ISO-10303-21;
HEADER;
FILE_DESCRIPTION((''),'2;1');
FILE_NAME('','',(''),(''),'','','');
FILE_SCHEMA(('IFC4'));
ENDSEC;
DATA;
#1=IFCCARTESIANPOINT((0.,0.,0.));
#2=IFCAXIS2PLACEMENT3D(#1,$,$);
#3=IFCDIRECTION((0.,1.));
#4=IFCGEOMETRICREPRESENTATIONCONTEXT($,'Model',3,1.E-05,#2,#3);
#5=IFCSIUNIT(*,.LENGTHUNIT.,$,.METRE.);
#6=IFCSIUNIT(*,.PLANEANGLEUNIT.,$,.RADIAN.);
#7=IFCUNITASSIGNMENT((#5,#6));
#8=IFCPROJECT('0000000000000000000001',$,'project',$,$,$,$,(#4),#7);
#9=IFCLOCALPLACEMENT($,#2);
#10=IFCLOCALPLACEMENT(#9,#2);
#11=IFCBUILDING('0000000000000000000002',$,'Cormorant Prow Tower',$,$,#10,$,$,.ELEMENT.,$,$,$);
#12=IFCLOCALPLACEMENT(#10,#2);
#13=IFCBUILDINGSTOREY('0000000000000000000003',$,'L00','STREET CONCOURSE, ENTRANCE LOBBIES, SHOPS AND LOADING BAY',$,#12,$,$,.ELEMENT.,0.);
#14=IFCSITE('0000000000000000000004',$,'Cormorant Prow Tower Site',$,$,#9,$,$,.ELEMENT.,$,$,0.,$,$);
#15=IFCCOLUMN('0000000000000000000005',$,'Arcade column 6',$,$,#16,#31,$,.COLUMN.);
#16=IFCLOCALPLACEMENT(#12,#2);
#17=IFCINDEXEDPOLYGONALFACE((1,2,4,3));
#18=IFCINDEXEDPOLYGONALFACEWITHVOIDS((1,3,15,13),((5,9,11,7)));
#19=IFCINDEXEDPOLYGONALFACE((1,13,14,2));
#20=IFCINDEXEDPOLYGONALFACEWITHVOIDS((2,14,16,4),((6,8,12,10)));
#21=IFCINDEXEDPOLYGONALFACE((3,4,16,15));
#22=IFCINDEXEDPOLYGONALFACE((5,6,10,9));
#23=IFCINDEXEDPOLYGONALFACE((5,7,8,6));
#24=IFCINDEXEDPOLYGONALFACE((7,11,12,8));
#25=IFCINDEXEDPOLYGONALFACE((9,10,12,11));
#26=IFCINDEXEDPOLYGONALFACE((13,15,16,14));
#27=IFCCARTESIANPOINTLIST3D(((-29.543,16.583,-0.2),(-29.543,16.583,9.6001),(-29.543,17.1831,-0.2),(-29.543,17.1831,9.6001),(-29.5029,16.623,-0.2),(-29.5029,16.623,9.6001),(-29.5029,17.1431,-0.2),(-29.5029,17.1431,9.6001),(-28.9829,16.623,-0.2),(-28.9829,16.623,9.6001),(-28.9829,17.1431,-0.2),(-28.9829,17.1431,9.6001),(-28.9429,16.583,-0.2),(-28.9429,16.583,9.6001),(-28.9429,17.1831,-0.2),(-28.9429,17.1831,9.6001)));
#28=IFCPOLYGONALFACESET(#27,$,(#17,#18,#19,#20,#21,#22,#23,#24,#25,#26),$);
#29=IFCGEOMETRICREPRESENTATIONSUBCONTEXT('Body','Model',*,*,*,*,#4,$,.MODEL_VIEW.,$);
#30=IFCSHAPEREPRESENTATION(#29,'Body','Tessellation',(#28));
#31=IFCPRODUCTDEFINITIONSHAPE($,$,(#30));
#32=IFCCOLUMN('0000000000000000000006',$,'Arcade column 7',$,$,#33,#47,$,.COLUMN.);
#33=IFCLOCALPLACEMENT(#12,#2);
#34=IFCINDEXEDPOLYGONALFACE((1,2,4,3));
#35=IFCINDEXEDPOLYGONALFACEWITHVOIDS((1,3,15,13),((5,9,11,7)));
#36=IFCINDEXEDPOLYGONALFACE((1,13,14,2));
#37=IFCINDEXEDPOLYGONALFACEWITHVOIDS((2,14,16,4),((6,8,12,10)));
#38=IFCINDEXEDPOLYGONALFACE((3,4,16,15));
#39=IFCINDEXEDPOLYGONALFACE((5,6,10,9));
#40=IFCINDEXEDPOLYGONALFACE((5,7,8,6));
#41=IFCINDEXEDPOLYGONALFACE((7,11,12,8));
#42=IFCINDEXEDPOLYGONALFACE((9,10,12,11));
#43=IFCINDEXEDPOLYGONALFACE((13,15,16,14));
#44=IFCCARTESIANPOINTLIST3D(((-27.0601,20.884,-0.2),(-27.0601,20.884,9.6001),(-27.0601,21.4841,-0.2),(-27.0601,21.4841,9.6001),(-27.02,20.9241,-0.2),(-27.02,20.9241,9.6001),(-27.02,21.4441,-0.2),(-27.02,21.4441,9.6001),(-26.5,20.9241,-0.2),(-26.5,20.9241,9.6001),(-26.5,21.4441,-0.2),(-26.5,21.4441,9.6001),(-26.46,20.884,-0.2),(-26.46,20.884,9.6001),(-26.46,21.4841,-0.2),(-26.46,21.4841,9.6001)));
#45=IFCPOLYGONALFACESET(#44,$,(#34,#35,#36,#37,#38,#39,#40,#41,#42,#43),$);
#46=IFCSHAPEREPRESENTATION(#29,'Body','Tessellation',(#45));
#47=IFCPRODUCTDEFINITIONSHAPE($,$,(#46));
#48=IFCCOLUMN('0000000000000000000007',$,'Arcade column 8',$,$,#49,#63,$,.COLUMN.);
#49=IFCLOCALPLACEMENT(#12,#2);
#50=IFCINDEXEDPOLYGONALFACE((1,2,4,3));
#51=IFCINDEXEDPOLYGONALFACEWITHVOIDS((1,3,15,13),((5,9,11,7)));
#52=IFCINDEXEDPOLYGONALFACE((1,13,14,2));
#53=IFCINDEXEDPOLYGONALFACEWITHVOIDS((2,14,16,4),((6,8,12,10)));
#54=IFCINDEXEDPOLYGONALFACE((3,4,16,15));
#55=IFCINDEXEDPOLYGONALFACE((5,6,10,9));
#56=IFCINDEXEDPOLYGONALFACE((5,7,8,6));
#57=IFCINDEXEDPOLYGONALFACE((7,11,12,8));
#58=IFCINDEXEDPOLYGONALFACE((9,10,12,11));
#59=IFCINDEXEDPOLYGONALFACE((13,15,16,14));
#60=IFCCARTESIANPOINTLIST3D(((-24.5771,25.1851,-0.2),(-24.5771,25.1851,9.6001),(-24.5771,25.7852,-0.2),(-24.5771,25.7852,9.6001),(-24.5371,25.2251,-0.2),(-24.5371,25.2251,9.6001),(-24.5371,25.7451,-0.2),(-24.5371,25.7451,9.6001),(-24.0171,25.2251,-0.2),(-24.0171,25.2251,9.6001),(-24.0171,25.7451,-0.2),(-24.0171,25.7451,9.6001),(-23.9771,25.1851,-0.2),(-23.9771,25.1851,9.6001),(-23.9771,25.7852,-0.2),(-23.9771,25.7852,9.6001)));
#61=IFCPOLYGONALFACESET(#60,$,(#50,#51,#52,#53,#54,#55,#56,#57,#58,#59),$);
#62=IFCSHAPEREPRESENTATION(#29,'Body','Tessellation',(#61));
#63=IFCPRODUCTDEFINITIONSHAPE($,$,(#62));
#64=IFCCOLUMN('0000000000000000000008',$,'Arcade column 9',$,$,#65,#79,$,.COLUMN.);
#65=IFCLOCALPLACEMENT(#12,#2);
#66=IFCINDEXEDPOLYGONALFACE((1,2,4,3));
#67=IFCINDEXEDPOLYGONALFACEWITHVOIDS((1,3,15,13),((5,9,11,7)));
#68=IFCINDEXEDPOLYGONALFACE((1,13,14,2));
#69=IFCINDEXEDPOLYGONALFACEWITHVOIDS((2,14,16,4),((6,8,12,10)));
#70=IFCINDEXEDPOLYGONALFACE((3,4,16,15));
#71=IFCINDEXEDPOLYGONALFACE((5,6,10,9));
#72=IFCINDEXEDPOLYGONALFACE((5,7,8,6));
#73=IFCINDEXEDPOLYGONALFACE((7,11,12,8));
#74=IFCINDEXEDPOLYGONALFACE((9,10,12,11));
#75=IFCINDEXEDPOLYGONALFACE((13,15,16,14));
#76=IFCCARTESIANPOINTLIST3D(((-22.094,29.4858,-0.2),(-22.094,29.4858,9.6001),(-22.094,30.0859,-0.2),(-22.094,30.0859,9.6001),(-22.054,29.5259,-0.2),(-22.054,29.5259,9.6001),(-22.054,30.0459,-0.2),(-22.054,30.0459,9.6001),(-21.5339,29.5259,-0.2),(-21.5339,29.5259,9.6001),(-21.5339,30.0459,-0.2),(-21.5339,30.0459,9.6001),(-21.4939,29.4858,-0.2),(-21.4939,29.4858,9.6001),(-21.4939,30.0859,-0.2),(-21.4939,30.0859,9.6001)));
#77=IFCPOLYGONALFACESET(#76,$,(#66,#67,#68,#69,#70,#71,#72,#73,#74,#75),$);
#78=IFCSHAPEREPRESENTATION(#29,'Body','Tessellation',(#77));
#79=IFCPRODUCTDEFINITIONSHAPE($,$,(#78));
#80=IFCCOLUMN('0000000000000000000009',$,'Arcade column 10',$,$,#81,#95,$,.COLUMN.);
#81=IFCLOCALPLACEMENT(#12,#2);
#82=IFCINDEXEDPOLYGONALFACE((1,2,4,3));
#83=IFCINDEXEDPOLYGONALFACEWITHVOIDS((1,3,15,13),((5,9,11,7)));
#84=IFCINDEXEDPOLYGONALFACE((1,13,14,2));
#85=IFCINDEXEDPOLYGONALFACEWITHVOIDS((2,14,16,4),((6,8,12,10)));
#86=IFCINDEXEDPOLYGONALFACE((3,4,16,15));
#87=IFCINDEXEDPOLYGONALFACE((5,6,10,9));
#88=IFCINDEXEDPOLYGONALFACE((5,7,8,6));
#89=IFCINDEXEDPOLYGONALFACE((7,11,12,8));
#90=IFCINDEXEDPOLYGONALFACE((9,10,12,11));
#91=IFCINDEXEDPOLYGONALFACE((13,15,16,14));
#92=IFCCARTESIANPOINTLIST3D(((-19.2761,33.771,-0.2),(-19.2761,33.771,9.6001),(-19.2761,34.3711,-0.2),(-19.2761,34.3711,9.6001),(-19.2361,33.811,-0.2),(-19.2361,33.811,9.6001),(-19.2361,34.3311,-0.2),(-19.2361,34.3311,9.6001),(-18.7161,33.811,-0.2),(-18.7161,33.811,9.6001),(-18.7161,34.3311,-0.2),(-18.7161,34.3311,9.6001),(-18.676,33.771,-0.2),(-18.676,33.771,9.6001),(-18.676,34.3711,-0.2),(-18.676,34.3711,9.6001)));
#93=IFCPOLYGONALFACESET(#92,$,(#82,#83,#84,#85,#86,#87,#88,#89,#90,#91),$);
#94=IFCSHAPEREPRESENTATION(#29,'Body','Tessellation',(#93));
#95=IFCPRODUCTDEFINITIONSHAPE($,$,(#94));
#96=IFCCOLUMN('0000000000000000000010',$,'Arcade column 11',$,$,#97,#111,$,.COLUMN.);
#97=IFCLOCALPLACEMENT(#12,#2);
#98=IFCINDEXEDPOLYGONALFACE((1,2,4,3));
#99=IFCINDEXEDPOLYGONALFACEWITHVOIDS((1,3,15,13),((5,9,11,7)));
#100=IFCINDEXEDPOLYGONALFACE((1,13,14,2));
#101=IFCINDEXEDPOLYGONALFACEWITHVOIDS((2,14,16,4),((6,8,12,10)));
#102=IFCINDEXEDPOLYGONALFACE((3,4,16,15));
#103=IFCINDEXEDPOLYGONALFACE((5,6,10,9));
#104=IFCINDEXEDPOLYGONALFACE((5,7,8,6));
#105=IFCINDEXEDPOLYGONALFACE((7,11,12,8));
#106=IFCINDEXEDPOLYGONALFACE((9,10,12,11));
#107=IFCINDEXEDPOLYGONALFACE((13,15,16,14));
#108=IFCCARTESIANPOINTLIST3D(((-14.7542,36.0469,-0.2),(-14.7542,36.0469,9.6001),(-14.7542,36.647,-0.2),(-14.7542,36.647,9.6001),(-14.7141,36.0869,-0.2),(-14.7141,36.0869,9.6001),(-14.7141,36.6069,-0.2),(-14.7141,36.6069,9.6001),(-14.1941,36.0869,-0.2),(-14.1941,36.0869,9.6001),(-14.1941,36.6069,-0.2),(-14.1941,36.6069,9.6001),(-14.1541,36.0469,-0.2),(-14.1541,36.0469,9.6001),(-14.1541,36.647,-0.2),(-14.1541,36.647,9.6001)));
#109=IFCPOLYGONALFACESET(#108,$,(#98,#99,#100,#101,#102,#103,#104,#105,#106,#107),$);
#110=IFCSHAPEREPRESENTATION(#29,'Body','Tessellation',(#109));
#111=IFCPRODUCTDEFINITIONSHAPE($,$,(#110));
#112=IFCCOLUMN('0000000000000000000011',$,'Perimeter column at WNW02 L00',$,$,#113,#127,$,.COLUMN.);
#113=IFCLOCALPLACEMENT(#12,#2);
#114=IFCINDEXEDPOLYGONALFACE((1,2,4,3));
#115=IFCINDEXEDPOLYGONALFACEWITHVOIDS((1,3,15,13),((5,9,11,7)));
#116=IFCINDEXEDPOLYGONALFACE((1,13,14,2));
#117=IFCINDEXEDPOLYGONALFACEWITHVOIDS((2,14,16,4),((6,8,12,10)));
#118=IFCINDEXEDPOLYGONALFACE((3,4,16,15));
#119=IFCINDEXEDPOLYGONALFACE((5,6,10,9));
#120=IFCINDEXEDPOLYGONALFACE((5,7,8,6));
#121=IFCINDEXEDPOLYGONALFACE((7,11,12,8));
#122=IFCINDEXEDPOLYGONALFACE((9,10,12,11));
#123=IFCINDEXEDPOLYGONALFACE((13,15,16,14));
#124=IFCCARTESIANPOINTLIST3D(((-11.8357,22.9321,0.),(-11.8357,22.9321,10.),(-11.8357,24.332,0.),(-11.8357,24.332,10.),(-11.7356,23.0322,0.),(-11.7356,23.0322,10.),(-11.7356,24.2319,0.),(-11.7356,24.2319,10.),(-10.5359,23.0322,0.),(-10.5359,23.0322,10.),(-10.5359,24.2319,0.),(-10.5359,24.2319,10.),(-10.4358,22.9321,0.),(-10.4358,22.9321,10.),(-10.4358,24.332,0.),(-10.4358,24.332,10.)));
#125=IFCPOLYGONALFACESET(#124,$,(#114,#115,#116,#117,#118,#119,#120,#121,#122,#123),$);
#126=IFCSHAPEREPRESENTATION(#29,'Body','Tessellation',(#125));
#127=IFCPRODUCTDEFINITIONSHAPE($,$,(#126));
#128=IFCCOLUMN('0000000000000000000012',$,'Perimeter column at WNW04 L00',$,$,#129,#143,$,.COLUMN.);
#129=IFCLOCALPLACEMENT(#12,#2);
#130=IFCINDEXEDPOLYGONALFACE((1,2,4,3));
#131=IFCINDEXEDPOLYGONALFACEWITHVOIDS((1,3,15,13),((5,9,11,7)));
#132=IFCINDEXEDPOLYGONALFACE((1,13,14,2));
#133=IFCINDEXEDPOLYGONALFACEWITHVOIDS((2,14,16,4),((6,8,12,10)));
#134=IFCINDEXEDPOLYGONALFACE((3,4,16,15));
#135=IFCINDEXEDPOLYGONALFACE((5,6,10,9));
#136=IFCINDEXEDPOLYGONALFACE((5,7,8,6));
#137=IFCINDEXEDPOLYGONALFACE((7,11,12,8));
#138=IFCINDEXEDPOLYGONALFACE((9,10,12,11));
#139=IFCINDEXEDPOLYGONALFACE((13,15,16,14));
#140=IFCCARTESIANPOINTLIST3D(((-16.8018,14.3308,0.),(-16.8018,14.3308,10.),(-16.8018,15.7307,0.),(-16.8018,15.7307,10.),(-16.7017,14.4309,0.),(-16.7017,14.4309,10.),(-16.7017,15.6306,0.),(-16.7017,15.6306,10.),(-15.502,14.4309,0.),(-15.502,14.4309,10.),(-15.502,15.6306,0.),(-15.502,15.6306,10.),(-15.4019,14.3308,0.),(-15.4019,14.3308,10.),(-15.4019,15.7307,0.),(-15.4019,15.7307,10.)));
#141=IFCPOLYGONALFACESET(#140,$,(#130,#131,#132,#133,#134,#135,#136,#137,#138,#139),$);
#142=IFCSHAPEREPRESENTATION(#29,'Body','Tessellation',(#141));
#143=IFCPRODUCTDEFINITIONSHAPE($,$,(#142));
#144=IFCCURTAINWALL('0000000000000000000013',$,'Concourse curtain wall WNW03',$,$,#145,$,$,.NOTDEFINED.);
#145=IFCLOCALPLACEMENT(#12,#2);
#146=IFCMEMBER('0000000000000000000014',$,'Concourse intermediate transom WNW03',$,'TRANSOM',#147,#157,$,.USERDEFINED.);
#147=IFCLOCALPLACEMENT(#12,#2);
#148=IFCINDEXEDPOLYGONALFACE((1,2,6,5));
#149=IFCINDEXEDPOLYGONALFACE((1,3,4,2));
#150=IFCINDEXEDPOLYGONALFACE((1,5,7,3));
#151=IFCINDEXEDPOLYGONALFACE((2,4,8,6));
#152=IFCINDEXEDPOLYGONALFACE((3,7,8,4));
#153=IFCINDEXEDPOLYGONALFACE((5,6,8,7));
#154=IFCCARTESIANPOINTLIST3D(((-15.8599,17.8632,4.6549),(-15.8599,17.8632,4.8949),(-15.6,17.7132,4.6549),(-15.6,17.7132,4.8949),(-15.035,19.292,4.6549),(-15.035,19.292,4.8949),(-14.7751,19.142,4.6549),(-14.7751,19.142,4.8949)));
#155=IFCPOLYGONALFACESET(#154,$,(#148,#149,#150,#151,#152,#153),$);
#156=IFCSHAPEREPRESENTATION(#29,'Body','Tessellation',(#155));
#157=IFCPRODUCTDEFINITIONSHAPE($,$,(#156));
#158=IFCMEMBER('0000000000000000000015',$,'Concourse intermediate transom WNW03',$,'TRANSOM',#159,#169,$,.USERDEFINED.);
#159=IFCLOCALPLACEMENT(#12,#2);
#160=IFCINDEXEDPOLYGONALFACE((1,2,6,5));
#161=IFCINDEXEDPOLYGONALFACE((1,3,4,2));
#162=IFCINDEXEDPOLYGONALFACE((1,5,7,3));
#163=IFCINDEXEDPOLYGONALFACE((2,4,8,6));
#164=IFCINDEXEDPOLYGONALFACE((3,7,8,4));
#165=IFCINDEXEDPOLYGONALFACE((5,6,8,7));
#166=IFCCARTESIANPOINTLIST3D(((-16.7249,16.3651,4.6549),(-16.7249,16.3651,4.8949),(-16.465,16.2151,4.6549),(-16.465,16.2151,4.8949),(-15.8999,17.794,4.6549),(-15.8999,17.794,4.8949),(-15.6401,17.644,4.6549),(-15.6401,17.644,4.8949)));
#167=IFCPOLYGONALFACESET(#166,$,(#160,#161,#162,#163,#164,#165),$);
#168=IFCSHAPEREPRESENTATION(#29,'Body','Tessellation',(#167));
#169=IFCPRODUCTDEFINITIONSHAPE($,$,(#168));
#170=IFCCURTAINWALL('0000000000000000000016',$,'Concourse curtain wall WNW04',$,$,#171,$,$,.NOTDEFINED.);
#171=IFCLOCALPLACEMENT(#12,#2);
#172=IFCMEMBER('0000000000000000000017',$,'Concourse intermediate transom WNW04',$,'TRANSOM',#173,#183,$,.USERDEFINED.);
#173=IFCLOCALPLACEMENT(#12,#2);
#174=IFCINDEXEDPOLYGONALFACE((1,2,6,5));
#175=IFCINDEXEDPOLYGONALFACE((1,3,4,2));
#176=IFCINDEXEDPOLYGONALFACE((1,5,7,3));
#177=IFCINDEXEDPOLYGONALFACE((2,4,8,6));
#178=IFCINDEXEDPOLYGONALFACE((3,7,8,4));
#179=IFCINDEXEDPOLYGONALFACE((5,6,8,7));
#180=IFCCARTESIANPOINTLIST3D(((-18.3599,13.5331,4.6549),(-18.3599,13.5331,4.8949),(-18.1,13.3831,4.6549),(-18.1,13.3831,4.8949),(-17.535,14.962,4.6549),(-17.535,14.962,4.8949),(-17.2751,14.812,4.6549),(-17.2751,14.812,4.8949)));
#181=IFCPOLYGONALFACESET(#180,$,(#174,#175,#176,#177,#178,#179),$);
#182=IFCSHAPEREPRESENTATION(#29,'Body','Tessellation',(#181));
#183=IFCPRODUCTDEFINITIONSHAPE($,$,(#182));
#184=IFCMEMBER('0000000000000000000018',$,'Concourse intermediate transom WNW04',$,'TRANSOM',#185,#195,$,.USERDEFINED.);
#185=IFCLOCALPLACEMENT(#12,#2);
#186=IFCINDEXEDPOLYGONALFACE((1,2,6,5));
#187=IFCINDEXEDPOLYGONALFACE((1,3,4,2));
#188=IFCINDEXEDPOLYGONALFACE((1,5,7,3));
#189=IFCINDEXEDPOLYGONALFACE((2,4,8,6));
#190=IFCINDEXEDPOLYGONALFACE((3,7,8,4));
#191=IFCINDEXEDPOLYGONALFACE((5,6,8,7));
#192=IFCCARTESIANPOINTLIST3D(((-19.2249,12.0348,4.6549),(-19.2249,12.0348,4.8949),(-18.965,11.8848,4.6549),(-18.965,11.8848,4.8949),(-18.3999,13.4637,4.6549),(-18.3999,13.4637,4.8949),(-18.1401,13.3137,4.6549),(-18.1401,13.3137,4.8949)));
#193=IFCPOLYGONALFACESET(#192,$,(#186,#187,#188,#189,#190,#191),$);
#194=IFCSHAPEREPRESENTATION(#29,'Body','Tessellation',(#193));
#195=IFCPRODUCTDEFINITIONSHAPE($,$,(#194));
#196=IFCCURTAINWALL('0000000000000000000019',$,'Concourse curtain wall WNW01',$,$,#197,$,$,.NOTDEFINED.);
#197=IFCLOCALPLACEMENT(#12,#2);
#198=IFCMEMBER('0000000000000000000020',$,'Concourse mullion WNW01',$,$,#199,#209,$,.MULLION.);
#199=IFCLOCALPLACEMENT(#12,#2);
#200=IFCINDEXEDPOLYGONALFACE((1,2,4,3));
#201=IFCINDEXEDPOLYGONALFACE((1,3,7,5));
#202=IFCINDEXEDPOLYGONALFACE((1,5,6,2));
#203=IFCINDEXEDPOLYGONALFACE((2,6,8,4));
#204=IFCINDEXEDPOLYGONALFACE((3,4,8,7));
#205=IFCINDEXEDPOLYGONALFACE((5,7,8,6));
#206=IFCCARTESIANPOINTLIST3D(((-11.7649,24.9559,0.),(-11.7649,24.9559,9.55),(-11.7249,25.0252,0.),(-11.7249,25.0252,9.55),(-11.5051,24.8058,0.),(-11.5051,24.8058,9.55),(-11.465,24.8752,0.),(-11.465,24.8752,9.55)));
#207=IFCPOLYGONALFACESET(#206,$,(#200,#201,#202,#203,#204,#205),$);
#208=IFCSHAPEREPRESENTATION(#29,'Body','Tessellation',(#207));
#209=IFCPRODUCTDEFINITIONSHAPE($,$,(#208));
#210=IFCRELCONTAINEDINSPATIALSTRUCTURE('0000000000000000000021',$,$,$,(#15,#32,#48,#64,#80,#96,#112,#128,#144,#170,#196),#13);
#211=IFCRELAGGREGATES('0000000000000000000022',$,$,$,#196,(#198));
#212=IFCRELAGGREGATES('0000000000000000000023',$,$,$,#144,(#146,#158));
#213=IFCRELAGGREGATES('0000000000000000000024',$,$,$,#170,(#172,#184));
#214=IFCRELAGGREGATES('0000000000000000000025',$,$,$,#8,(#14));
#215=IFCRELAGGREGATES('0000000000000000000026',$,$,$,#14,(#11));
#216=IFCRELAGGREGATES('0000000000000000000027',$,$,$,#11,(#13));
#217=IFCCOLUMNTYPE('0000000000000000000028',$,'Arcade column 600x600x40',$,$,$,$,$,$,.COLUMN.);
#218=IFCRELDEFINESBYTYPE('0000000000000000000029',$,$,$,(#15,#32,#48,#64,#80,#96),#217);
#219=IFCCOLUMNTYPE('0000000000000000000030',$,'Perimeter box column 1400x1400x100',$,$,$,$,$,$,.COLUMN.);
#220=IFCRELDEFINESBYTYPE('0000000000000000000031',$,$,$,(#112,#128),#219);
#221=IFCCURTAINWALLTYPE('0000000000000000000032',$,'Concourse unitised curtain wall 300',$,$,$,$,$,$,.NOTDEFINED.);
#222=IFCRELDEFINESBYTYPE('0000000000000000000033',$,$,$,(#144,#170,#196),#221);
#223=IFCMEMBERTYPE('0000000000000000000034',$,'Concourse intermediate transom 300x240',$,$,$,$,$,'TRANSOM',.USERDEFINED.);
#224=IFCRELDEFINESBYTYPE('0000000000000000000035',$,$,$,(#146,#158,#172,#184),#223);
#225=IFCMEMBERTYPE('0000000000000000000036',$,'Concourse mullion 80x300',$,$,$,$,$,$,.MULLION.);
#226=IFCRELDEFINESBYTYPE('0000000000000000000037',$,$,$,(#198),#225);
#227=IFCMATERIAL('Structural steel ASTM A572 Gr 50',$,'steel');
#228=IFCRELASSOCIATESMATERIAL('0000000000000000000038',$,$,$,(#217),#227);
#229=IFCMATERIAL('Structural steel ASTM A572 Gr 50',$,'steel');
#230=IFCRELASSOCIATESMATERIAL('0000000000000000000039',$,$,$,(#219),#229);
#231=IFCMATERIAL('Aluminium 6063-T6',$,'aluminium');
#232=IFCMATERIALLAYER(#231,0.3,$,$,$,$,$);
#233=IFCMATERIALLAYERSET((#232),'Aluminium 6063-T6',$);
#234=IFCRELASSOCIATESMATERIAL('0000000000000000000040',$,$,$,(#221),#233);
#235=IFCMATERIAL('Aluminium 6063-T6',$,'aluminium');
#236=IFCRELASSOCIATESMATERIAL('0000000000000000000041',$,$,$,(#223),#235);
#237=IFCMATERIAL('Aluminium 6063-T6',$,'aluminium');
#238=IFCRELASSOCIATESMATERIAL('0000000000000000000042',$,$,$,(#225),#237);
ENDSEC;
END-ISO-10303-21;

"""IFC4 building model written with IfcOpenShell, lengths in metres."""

from ifc_helpers import new_model, si_unit, direction, frame, origin, origin_2d, place, context, subcontext, project, spatial, rectangle, hollow_rectangle, extrude, material, layer, layer_set, material_profile, profile_set, type_object, element, aggregate, save


model = new_model("IFC4")

# Units and contexts
model_context = context("Model", 3, precision=1e-05, world=origin(), true_north=direction((0.0, 1.0)))
body_context = subcontext(model_context, "Body", "Model", "MODEL_VIEW")
ifc_project = project(units=[si_unit("LENGTHUNIT", "METRE"), si_unit("PLANEANGLEUNIT", "RADIAN")], contexts=[model_context])

# Site, building, storey
site_placement = place(None, origin())
site = spatial("IfcSite", under=ifc_project, at=site_placement, Name="Cormorant Prow Tower Site", CompositionType="ELEMENT", RefElevation=0.0)
building_placement = place(site_placement, origin())
building = spatial("IfcBuilding", under=site, at=building_placement, Name="Cormorant Prow Tower", CompositionType="ELEMENT")
storey_placement = place(building_placement, origin())
storey = spatial("IfcBuildingStorey", under=building, at=storey_placement, Name="L00", Description="STREET CONCOURSE, ENTRANCE LOBBIES, SHOPS AND LOADING BAY", CompositionType="ELEMENT", Elevation=0.0)

# Columns
ifc_material_1 = material(Name="Structural steel ASTM A572 Gr 50", Category="steel")
ifc_material_profile_1 = material_profile(ifc_material_1, hollow_rectangle(XDim=0.6001, YDim=0.6001, WallThickness=0.04, at=origin_2d()), Name="Box 600x600x40")
ifc_profile_set_1 = profile_set([ifc_material_profile_1], Name="Structural steel ASTM A572 Gr 50")
column_type_1 = type_object("IfcColumnType", Name="Arcade column 600x600x40", PredefinedType="COLUMN", material=ifc_profile_set_1)
for number, where, z_axis, x_axis, name in (
    (1, (-29.2429, 16.8831, -0.2), (0.0, 0.0, 1.0), (1.0, 0.0, 0.0), "Arcade column 6"),
    (2, (-26.76, 21.1841, -0.2), (0.0, 0.0, 1.0), (1.0, 0.0, 0.0), "Arcade column 7"),
    (3, (-24.2771, 25.4851, -0.2), (0.0, 0.0, 1.0), (1.0, 0.0, 0.0), "Arcade column 8"),
    (4, (-21.7939, 29.7859, -0.2), (0.0, 0.0, 1.0), (1.0, 0.0, 0.0), "Arcade column 9"),
    (5, (-18.9761, 34.071, -0.2), (0.0, 0.0, 1.0), (1.0, 0.0, 0.0), "Arcade column 10"),
    (6, (-14.4541, 36.3469, -0.2), (0.0, 0.0, 1.0), (1.0, 0.0, 0.0), "Arcade column 11"),
):
    element("IfcColumn", number, at=place(storey_placement, frame(where, z_axis=z_axis, x_axis=x_axis)), inside=storey, type_object=column_type_1, Name=name, PredefinedType="COLUMN", context=body_context, shape_type="SweptSolid", body=[
        extrude(hollow_rectangle(XDim=0.6001, YDim=0.6001, WallThickness=0.04, at=origin_2d()), origin(), (0.0, 0.0, 1.0), 9.8),
    ])
ifc_material_2 = material(Name="Structural steel ASTM A572 Gr 50", Category="steel")
ifc_material_profile_2 = material_profile(ifc_material_2, hollow_rectangle(XDim=1.3999, YDim=1.3999, WallThickness=0.1001, at=origin_2d()), Name="Box 1400x1400x100")
ifc_profile_set_2 = profile_set([ifc_material_profile_2], Name="Structural steel ASTM A572 Gr 50")
column_type_2 = type_object("IfcColumnType", Name="Perimeter box column 1400x1400x100", PredefinedType="COLUMN", material=ifc_profile_set_2)
for number, where, z_axis, x_axis, name in (
    (7, (-11.1357, 23.6321, 0.0), (0.0, 0.0, 1.0), (1.0, 0.0, 0.0), "Perimeter column at WNW02 L00"),
    (8, (-16.1018, 15.0308, 0.0), (0.0, 0.0, 1.0), (1.0, 0.0, 0.0), "Perimeter column at WNW04 L00"),
):
    element("IfcColumn", number, at=place(storey_placement, frame(where, z_axis=z_axis, x_axis=x_axis)), inside=storey, type_object=column_type_2, Name=name, PredefinedType="COLUMN", context=body_context, shape_type="SweptSolid", body=[
        extrude(hollow_rectangle(XDim=1.3999, YDim=1.3999, WallThickness=0.1001, at=origin_2d()), origin(), (0.0, 0.0, 1.0), 10.0),
    ])

# Curtain walls, members
ifc_material_3 = material(Name="Aluminium 6063-T6", Category="aluminium")
ifc_layer_1 = layer(ifc_material_3, 0.3)
ifc_layer_set_1 = layer_set([ifc_layer_1], Name="Aluminium 6063-T6")
curtain_wall_type = type_object("IfcCurtainWallType", Name="Concourse unitised curtain wall 300", PredefinedType="NOTDEFINED", material=ifc_layer_set_1)
curtain_wall_1_placement = place(storey_placement, origin())
curtain_wall_1 = element("IfcCurtainWall", 9, at=curtain_wall_1_placement, inside=storey, type_object=curtain_wall_type, Name="Concourse curtain wall WNW03", PredefinedType="NOTDEFINED")
ifc_material_4 = material(Name="Aluminium 6063-T6", Category="aluminium")
ifc_material_profile_3 = material_profile(ifc_material_4, rectangle(XDim=0.3, YDim=0.24, at=origin_2d()), Name="Concourse intermediate transom 300x240")
ifc_profile_set_3 = profile_set([ifc_material_profile_3], Name="Aluminium 6063-T6")
member_type_1 = type_object("IfcMemberType", Name="Concourse intermediate transom 300x240", ElementType="TRANSOM", PredefinedType="USERDEFINED", material=ifc_profile_set_3)
member_1_placement = place(storey_placement, frame((-14.905, 19.217, 4.7749), z_axis=(-0.499974, -0.86604, 0.0), x_axis=(0.86604, -0.499974, 0.0)))
member_1 = element("IfcMember", 10, at=member_1_placement, type_object=member_type_1, Name="Concourse intermediate transom WNW03", ObjectType="TRANSOM", PredefinedType="USERDEFINED", context=body_context, shape_type="SweptSolid", body=[
    extrude(rectangle(XDim=0.3, YDim=0.24, at=origin_2d()), origin(), (0.0, 0.0, 1.0), 1.6499),
])
member_2_placement = place(storey_placement, frame((-15.77, 17.719, 4.7749), z_axis=(-0.499974, -0.86604, 0.0), x_axis=(0.86604, -0.499974, 0.0)))
member_2 = element("IfcMember", 11, at=member_2_placement, type_object=member_type_1, Name="Concourse intermediate transom WNW03", ObjectType="TRANSOM", PredefinedType="USERDEFINED", context=body_context, shape_type="SweptSolid", body=[
    extrude(rectangle(XDim=0.3, YDim=0.24, at=origin_2d()), origin(), (0.0, 0.0, 1.0), 1.6499),
])
curtain_wall_2_placement = place(storey_placement, origin())
curtain_wall_2 = element("IfcCurtainWall", 12, at=curtain_wall_2_placement, inside=storey, type_object=curtain_wall_type, Name="Concourse curtain wall WNW04", PredefinedType="NOTDEFINED")
member_3_placement = place(storey_placement, frame((-17.405, 14.887, 4.7749), z_axis=(-0.499974, -0.86604, 0.0), x_axis=(0.86604, -0.499974, 0.0)))
member_3 = element("IfcMember", 13, at=member_3_placement, type_object=member_type_1, Name="Concourse intermediate transom WNW04", ObjectType="TRANSOM", PredefinedType="USERDEFINED", context=body_context, shape_type="SweptSolid", body=[
    extrude(rectangle(XDim=0.3, YDim=0.24, at=origin_2d()), origin(), (0.0, 0.0, 1.0), 1.6499),
])
member_4_placement = place(storey_placement, frame((-18.27, 13.3887, 4.7749), z_axis=(-0.499974, -0.86604, 0.0), x_axis=(0.86604, -0.499974, 0.0)))
member_4 = element("IfcMember", 14, at=member_4_placement, type_object=member_type_1, Name="Concourse intermediate transom WNW04", ObjectType="TRANSOM", PredefinedType="USERDEFINED", context=body_context, shape_type="SweptSolid", body=[
    extrude(rectangle(XDim=0.3, YDim=0.24, at=origin_2d()), origin(), (0.0, 0.0, 1.0), 1.6499),
])

# Curtain wall, member
curtain_wall_3_placement = place(storey_placement, origin())
curtain_wall_3 = element("IfcCurtainWall", 15, at=curtain_wall_3_placement, inside=storey, type_object=curtain_wall_type, Name="Concourse curtain wall WNW01", PredefinedType="NOTDEFINED")
ifc_material_5 = material(Name="Aluminium 6063-T6", Category="aluminium")
ifc_material_profile_4 = material_profile(ifc_material_5, rectangle(XDim=0.3, YDim=0.0801, at=origin_2d()), Name="Concourse mullion 80x300")
ifc_profile_set_4 = profile_set([ifc_material_profile_4], Name="Aluminium 6063-T6")
member_type_2 = type_object("IfcMemberType", Name="Concourse mullion 80x300", PredefinedType="MULLION", material=ifc_profile_set_4)
member_5_placement = place(storey_placement, frame((-11.615, 24.9155, 0.0), z_axis=(0.0, 0.0, 1.0), x_axis=(0.866025, -0.5, 0.0)))
member_5 = element("IfcMember", 16, at=member_5_placement, type_object=member_type_2, Name="Concourse mullion WNW01", PredefinedType="MULLION", context=body_context, shape_type="SweptSolid", body=[
    extrude(rectangle(XDim=0.3, YDim=0.0801, at=origin_2d()), origin(), (0.0, 0.0, 1.0), 9.55),
])

aggregate(curtain_wall_3, [member_5])
aggregate(curtain_wall_1, [member_1, member_2])
aggregate(curtain_wall_2, [member_3, member_4])

save(model, "model.ifc")
